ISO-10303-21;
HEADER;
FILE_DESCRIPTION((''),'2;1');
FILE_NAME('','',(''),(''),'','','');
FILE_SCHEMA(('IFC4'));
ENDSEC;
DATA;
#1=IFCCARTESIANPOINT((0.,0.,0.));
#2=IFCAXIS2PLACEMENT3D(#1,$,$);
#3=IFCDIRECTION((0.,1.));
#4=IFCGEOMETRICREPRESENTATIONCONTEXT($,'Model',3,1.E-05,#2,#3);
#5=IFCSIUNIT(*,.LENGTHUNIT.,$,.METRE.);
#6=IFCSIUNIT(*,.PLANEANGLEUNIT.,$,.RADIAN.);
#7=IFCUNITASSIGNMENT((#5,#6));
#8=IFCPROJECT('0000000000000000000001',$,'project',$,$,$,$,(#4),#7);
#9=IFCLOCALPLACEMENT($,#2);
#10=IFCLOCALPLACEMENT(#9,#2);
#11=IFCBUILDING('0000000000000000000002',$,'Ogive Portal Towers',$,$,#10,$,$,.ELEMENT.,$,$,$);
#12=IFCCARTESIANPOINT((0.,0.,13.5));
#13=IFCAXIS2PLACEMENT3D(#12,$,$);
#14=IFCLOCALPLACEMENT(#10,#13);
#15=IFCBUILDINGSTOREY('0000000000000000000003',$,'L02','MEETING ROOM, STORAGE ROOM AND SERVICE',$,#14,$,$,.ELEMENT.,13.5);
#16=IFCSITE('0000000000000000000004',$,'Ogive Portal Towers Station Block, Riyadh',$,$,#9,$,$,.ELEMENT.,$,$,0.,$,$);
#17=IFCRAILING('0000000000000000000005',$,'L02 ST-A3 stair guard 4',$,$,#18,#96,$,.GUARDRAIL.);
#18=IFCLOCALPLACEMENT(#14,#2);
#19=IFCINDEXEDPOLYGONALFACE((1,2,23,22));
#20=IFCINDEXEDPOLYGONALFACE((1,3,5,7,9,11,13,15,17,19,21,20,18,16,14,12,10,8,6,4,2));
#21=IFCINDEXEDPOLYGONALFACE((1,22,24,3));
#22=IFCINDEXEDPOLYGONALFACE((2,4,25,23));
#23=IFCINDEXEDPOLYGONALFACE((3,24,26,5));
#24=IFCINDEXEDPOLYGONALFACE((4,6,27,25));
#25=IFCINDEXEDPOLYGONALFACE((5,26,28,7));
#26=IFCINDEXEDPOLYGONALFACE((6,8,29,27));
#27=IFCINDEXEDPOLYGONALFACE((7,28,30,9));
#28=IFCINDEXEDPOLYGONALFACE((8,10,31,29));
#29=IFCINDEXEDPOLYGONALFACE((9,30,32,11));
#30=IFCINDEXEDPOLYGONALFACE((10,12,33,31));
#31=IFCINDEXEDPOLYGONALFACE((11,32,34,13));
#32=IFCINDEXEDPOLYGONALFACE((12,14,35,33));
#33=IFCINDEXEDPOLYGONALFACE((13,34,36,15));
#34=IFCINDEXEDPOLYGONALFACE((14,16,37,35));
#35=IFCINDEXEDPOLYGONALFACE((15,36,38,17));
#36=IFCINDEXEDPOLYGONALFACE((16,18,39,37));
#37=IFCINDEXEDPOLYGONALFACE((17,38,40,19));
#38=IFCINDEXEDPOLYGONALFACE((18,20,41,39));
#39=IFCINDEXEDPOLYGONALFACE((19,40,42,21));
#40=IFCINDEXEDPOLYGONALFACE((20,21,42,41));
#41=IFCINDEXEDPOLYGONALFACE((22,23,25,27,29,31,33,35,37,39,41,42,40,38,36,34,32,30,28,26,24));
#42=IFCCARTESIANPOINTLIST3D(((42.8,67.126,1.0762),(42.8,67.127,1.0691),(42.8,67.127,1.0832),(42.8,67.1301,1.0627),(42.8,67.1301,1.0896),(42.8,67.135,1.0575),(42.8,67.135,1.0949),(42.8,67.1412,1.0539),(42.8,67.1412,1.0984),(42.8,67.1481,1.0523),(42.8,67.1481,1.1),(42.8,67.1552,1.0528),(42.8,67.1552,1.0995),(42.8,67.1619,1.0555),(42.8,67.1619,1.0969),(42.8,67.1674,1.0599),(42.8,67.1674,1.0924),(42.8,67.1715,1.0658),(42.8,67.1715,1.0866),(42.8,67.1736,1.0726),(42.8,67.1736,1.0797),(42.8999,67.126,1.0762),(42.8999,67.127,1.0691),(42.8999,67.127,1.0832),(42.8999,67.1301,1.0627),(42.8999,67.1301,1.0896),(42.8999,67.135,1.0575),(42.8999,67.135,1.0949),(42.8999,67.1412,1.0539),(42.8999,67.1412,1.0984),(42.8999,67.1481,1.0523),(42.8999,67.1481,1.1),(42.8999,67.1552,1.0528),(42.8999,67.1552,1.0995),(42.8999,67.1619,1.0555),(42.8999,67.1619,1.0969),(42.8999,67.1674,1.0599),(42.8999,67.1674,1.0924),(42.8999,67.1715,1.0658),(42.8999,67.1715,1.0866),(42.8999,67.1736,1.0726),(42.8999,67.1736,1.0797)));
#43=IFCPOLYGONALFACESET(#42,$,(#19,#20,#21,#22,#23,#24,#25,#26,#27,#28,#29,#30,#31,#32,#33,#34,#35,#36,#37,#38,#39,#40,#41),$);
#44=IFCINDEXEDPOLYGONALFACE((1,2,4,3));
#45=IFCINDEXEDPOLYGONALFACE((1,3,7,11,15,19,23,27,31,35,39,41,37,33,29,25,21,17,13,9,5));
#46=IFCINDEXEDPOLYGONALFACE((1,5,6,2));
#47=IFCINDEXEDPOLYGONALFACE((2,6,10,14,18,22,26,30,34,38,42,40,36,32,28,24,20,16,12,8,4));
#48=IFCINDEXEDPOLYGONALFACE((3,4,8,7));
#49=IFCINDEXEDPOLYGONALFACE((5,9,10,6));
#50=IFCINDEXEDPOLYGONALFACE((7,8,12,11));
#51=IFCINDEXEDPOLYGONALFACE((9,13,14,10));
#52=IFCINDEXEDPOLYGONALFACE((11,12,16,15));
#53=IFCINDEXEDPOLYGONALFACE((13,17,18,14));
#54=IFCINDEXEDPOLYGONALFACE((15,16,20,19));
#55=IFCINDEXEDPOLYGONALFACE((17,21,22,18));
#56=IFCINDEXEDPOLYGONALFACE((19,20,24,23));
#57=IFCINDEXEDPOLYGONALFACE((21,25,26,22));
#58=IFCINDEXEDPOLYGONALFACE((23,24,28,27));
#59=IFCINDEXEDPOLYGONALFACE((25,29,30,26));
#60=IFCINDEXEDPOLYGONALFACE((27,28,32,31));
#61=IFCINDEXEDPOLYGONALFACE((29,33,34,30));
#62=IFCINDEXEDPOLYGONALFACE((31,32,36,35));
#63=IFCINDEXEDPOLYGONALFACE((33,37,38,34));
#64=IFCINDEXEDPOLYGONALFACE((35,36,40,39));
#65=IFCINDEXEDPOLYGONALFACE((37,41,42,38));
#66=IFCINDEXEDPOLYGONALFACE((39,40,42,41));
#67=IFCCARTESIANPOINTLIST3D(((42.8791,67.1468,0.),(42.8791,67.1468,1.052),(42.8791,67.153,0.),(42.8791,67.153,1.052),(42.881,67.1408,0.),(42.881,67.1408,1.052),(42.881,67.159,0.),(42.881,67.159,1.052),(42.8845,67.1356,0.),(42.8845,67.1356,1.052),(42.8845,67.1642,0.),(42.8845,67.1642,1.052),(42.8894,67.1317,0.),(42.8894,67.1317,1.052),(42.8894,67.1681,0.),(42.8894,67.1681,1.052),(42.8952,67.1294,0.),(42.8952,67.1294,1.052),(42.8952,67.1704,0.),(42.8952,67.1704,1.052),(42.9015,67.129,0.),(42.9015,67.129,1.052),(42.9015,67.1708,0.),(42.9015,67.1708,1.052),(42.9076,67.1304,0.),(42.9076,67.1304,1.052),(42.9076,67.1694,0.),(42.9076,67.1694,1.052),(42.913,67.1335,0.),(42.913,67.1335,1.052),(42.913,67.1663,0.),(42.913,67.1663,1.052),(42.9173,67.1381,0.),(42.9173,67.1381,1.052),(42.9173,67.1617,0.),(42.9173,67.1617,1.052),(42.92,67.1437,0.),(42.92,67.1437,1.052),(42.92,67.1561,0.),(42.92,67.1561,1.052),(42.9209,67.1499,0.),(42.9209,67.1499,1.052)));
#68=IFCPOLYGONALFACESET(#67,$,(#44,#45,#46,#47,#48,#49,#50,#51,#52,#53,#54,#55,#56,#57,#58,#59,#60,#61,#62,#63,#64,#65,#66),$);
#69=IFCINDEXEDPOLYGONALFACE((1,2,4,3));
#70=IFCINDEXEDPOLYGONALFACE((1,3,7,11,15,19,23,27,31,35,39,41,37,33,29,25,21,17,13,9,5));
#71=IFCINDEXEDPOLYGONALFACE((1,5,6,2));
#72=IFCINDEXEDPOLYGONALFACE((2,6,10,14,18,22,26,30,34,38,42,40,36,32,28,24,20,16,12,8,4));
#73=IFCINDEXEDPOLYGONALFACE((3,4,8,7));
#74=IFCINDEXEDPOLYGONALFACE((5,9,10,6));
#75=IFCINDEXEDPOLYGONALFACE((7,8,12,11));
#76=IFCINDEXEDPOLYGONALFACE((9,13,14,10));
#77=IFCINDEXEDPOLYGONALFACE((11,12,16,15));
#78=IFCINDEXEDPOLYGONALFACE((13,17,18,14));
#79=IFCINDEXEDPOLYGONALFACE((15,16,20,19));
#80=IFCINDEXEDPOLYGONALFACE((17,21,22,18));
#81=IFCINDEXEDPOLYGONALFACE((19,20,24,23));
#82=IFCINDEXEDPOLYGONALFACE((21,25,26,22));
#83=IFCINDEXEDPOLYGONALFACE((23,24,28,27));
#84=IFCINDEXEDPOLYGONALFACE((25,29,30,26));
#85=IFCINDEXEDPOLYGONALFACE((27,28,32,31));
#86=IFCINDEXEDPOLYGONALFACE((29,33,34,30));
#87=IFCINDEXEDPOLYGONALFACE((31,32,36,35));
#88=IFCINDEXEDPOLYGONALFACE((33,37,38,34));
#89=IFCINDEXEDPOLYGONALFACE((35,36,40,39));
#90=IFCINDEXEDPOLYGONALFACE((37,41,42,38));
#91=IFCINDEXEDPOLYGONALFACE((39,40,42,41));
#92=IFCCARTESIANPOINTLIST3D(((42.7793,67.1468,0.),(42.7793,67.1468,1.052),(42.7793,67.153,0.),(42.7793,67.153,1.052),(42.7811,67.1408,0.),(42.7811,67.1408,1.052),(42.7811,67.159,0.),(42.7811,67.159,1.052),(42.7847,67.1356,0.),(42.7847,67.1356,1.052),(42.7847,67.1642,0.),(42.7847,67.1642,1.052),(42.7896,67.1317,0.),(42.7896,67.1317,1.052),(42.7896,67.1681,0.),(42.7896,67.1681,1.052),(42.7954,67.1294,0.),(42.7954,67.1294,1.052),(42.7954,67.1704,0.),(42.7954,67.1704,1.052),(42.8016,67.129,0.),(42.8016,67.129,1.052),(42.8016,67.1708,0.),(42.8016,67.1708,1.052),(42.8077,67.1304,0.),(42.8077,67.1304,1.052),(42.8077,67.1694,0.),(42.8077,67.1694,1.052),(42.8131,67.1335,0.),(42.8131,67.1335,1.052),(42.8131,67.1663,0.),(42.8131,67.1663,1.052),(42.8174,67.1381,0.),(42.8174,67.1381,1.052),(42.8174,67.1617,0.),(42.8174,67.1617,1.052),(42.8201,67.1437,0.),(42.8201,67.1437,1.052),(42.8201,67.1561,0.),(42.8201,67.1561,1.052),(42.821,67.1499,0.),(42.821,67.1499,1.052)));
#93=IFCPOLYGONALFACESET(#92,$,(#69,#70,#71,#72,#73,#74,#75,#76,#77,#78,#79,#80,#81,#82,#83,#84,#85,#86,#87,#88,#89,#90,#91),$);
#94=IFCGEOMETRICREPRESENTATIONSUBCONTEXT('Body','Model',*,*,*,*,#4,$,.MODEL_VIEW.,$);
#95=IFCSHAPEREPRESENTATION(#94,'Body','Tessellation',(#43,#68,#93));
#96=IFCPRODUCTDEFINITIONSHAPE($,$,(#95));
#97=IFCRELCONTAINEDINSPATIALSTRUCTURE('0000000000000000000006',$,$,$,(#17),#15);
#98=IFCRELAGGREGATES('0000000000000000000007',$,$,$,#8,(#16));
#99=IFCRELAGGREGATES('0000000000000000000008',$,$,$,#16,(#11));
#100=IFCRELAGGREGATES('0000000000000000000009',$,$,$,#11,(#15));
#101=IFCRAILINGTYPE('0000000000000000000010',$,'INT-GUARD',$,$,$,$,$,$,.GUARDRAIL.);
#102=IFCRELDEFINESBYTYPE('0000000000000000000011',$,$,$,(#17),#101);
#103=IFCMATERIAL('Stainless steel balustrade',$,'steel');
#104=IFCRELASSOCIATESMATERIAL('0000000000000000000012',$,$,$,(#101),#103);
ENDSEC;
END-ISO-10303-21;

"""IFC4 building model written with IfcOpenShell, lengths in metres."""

from ifc_helpers import new_model, si_unit, direction, frame, origin, origin_2d, place, context, subcontext, project, spatial, circle, extrude, material, type_object, element, save


model = new_model("IFC4")

# Units and contexts
model_context = context("Model", 3, precision=1e-05, world=origin(), true_north=direction((0.0, 1.0)))
body_context = subcontext(model_context, "Body", "Model", "MODEL_VIEW")
ifc_project = project(units=[si_unit("LENGTHUNIT", "METRE"), si_unit("PLANEANGLEUNIT", "RADIAN")], contexts=[model_context])

# Site, building, storey
site_placement = place(None, origin())
site = spatial("IfcSite", under=ifc_project, at=site_placement, Name="Ogive Portal Towers Station Block, Riyadh", CompositionType="ELEMENT", RefElevation=0.0)
building_placement = place(site_placement, origin())
building = spatial("IfcBuilding", under=site, at=building_placement, Name="Ogive Portal Towers", CompositionType="ELEMENT")
storey_placement = place(building_placement, frame((0.0, 0.0, 13.5)))
storey = spatial("IfcBuildingStorey", under=building, at=storey_placement, Name="L02", Description="MEETING ROOM, STORAGE ROOM AND SERVICE", CompositionType="ELEMENT", Elevation=13.5)

# Railing
ifc_material_1 = material(Name="Stainless steel balustrade", Category="steel")
railing_type_1 = type_object("IfcRailingType", Name="INT-GUARD", PredefinedType="GUARDRAIL", material=ifc_material_1)
railing_1_placement = place(storey_placement, frame((42.8999, 67.1499, 0.0)))
element("IfcRailing", 1, at=railing_1_placement, inside=storey, type_object=railing_type_1, Name="L02 ST-A3 stair guard 4", PredefinedType="GUARDRAIL", context=body_context, shape_type="SweptSolid", body=[
    extrude(circle(Radius=0.0239, at=origin_2d()), frame((0.0, 0.0, 1.0762), z_axis=(-1.0, 0.0, 0.0), x_axis=(0.0, -1.0, 0.0)), (0.0, 0.0, 1.0), 0.0999),
    extrude(circle(Radius=0.021, at=origin_2d()), origin(), (0.0, 0.0, 1.0), 1.052),
    extrude(circle(Radius=0.021, at=origin_2d()), frame((-0.0999, 0.0, 0.0)), (0.0, 0.0, 1.0), 1.052),
])

save(model, "model.ifc")
